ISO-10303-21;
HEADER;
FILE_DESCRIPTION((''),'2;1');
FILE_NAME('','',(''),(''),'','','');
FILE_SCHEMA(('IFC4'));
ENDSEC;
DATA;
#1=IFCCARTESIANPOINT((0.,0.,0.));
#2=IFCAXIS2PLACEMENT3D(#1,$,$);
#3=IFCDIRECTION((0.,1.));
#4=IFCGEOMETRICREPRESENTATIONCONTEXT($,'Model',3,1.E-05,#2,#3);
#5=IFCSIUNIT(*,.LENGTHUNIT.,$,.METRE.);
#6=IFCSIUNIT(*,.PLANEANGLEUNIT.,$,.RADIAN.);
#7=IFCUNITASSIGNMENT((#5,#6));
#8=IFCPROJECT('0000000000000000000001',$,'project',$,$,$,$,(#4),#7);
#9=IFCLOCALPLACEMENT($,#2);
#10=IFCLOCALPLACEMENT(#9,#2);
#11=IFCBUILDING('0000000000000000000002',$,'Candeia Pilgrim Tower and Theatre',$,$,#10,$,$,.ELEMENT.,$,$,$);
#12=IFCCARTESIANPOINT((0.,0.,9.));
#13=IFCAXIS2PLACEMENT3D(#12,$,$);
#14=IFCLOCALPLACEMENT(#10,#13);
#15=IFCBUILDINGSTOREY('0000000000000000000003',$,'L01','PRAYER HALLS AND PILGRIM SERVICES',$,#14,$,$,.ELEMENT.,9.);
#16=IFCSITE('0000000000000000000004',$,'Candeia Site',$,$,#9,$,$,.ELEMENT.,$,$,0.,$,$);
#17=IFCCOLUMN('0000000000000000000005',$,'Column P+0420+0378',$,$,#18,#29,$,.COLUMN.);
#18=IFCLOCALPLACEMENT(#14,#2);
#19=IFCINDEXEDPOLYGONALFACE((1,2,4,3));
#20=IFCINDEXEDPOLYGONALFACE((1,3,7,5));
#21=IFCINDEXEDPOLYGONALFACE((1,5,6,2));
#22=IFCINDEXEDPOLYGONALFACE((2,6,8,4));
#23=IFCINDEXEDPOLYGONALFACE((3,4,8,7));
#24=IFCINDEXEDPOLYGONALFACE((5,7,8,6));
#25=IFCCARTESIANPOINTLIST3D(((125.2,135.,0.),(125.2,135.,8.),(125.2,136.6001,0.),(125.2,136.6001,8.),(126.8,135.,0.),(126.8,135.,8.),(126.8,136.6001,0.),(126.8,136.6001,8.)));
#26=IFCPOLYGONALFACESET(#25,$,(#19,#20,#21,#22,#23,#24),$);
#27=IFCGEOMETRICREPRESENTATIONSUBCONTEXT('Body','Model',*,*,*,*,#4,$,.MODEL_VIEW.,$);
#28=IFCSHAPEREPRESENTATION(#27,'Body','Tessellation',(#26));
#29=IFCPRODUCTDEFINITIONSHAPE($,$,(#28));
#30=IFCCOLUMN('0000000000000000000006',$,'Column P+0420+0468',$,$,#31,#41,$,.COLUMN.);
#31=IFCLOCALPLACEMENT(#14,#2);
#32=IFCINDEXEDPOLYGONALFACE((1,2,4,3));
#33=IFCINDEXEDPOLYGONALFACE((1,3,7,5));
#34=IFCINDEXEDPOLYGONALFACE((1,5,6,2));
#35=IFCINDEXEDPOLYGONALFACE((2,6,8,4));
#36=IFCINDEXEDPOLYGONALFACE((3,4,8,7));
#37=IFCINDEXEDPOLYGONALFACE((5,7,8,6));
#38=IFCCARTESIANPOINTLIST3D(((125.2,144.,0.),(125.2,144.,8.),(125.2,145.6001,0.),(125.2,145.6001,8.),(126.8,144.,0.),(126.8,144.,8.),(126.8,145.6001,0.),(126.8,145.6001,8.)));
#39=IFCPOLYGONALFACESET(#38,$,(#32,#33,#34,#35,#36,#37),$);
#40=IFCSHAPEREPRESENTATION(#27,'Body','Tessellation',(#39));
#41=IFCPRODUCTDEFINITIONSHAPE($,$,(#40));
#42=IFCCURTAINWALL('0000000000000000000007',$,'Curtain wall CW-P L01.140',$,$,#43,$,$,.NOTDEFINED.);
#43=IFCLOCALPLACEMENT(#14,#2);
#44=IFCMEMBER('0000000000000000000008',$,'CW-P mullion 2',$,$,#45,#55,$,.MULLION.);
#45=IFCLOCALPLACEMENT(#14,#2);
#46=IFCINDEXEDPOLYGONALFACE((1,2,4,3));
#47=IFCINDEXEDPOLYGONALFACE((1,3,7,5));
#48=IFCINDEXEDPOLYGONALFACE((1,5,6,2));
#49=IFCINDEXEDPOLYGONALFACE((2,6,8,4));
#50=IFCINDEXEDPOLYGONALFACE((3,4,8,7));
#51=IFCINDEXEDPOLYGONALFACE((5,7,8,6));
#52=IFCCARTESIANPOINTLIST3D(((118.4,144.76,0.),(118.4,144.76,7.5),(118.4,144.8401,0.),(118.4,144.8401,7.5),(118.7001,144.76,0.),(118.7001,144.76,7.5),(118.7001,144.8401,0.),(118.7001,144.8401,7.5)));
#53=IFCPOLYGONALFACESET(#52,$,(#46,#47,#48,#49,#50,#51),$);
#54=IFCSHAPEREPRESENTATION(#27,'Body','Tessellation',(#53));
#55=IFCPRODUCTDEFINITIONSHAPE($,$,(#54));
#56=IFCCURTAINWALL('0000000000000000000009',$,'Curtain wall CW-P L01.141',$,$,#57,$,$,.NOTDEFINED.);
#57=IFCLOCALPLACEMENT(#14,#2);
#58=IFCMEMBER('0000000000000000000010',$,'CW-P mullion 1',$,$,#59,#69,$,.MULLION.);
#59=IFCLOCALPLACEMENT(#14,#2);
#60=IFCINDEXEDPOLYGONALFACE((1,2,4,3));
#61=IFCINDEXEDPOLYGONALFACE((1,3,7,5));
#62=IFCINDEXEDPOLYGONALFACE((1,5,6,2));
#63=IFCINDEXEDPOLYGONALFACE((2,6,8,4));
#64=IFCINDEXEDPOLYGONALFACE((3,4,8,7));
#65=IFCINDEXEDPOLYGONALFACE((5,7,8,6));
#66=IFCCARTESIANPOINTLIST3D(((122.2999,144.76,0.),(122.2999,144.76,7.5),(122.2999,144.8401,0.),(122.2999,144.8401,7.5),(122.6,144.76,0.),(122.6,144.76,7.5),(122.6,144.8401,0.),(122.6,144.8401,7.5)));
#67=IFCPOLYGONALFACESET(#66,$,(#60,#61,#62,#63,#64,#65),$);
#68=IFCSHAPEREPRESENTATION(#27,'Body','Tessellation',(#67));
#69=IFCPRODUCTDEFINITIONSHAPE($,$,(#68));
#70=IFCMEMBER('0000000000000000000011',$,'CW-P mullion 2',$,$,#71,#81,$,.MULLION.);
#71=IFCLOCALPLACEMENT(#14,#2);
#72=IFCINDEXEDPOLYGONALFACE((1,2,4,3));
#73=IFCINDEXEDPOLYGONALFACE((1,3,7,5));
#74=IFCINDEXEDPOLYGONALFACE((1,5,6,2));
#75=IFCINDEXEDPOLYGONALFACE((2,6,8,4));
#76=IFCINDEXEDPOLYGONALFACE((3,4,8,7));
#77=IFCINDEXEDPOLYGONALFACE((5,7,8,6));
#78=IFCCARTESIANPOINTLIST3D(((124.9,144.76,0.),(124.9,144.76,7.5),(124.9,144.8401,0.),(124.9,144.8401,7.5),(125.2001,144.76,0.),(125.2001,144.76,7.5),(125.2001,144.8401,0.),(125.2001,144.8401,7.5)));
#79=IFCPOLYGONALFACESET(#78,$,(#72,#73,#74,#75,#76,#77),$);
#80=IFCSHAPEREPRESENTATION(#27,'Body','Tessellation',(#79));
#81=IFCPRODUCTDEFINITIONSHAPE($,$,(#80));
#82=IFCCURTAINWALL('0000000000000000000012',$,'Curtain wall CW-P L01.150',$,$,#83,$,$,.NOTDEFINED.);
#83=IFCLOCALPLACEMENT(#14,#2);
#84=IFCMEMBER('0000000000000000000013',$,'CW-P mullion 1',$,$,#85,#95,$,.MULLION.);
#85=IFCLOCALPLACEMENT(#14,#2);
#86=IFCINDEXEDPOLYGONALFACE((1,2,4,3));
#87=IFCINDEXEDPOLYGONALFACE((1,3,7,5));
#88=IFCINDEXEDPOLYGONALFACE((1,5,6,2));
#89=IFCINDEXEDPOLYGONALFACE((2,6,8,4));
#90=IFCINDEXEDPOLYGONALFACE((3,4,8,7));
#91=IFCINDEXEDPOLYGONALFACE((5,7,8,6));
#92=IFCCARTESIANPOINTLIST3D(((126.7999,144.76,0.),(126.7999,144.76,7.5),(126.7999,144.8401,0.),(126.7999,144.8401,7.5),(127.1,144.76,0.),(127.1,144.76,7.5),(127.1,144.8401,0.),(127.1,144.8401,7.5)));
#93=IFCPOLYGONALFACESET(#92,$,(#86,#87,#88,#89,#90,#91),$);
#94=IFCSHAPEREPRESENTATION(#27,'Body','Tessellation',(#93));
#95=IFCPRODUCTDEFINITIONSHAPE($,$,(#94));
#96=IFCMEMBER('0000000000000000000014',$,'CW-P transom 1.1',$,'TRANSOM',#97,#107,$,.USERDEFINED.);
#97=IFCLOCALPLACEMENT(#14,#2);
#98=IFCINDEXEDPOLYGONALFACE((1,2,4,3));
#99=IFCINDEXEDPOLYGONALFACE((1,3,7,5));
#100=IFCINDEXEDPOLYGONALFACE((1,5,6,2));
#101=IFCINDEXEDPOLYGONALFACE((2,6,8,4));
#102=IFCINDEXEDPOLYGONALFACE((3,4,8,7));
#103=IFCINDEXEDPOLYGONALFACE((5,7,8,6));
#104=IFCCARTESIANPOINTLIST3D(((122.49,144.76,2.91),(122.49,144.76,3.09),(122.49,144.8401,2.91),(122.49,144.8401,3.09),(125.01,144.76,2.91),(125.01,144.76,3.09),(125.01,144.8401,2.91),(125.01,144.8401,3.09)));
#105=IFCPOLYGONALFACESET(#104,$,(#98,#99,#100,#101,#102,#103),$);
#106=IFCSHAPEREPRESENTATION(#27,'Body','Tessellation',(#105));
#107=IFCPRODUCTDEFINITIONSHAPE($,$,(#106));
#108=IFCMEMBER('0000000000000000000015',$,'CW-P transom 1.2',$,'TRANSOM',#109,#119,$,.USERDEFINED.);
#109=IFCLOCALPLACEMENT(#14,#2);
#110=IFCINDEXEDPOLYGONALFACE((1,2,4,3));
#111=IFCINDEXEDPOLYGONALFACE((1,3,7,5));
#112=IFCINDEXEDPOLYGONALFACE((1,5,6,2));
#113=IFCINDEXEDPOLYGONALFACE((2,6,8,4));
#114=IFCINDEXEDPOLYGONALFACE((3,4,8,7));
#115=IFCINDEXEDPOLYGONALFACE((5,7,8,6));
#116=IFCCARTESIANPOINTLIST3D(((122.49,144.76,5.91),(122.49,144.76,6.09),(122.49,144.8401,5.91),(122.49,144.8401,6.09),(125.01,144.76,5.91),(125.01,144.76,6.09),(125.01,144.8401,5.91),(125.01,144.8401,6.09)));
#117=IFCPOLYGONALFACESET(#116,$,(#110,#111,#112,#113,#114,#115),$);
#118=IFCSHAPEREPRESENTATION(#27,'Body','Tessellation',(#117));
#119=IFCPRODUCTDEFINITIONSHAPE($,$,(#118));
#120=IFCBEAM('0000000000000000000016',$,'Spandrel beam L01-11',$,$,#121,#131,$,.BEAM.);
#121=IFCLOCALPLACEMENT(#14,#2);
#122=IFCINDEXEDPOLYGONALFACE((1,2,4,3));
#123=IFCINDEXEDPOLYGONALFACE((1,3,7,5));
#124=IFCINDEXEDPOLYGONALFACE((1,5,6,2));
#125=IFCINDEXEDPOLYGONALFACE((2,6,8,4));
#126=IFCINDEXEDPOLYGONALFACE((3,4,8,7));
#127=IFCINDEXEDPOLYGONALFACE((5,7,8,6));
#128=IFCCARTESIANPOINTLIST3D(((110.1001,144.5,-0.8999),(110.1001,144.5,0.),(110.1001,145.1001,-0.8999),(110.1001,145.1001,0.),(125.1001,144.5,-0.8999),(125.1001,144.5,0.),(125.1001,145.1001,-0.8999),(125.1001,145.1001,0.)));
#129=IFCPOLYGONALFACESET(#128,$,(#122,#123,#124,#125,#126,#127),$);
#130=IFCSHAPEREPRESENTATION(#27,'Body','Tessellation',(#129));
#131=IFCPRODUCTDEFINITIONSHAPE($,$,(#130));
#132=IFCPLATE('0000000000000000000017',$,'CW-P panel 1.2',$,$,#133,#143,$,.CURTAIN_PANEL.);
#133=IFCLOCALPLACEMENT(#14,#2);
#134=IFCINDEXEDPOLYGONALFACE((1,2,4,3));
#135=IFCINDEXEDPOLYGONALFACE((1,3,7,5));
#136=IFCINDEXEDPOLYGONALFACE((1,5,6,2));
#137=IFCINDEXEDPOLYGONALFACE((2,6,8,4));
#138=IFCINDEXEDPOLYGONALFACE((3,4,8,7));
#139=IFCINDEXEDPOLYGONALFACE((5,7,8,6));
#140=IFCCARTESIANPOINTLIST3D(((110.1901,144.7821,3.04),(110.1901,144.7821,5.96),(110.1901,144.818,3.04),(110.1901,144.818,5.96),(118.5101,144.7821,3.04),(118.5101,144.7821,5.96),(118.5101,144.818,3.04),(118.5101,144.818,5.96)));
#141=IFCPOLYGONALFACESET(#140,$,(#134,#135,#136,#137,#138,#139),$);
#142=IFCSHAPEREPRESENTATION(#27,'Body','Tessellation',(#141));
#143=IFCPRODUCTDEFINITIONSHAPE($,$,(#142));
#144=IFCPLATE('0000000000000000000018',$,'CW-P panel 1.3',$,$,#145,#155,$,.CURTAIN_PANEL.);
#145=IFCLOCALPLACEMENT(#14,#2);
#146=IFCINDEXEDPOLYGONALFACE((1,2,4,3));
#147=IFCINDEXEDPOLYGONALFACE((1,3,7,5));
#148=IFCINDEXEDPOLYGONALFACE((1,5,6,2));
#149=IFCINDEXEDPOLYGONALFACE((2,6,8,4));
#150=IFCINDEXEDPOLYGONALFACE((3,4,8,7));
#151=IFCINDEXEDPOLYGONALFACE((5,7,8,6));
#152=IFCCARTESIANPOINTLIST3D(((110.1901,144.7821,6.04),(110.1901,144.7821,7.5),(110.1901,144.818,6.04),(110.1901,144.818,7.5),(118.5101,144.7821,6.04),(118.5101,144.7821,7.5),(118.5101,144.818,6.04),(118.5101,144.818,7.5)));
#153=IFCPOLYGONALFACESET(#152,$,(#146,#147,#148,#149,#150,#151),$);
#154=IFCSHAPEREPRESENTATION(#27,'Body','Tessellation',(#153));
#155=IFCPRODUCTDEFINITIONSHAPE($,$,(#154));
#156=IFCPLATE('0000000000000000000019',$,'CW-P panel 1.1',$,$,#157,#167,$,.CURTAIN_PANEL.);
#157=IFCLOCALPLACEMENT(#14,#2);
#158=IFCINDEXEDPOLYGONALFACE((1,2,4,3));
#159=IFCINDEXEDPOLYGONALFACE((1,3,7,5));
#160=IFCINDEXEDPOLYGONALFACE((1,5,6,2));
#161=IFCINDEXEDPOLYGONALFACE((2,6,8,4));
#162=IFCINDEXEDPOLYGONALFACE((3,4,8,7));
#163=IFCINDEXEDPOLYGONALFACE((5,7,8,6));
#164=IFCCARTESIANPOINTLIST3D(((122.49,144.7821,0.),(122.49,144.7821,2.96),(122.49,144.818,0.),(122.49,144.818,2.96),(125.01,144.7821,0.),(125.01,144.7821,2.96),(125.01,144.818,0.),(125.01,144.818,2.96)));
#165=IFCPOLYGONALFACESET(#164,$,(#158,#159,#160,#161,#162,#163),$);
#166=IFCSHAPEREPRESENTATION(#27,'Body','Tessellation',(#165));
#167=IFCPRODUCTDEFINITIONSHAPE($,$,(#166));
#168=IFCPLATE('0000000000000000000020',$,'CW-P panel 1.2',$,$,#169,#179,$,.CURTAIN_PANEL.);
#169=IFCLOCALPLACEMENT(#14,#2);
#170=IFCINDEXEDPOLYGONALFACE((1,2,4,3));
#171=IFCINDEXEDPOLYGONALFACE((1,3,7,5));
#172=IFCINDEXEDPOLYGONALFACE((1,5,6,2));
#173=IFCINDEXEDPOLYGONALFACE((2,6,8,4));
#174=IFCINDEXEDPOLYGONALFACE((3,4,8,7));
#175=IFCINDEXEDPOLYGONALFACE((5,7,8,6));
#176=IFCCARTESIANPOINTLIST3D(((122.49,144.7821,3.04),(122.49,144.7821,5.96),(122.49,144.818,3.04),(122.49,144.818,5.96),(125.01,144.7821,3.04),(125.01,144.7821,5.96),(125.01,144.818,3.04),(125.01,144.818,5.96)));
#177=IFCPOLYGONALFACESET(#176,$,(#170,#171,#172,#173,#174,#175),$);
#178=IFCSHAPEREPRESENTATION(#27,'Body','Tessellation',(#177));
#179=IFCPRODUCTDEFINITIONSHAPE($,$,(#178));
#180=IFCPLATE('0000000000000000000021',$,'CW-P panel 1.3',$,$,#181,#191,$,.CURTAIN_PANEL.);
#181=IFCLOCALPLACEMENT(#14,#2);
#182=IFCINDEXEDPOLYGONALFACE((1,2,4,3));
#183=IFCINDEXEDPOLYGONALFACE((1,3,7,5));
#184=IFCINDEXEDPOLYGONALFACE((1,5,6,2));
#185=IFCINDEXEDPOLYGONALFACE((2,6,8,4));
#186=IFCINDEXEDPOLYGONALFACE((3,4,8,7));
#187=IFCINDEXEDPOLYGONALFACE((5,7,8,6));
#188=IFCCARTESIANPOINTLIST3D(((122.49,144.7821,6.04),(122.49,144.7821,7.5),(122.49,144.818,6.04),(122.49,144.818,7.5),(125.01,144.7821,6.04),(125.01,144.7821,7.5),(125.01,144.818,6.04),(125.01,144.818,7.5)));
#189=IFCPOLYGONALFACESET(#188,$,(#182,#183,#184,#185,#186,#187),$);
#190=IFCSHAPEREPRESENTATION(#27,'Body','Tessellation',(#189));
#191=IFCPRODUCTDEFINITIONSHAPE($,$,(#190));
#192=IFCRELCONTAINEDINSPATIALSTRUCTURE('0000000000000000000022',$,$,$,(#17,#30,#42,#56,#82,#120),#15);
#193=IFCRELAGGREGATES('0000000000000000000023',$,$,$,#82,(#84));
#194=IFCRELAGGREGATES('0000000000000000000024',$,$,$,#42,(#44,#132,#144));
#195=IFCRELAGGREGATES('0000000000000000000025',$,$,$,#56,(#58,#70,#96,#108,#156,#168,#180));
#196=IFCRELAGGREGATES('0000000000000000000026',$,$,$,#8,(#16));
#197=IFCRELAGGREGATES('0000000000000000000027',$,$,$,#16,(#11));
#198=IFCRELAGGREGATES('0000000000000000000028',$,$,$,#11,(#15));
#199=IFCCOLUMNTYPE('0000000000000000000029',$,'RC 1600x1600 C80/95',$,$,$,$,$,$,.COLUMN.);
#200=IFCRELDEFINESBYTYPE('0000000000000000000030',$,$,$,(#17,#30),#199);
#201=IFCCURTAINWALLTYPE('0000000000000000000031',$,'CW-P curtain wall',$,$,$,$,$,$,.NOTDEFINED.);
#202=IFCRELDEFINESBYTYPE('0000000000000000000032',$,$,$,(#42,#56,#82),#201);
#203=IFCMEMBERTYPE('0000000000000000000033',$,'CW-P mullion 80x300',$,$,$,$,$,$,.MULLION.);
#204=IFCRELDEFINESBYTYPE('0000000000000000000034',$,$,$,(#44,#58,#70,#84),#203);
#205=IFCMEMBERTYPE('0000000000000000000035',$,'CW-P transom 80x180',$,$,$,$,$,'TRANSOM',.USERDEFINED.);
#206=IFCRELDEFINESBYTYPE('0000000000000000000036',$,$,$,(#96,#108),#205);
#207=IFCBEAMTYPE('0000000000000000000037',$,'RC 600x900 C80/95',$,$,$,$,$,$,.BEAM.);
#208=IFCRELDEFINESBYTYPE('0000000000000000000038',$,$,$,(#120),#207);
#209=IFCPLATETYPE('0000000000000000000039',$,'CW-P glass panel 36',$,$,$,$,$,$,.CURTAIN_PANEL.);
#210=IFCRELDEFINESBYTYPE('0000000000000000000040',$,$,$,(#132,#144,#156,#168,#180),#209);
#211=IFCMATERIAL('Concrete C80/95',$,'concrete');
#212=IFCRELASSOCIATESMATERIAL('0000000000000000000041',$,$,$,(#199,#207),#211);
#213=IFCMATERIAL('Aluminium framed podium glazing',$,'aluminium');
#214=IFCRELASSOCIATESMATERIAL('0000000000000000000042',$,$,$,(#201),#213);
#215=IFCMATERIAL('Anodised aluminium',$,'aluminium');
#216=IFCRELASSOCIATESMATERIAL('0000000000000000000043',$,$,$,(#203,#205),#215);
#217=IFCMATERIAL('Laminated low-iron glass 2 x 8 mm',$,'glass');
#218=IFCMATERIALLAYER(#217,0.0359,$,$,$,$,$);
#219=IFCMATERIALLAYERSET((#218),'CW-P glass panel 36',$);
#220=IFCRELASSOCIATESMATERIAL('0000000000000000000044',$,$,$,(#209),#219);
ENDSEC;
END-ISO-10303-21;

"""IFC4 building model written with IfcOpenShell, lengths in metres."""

from ifc_helpers import new_model, si_unit, direction, frame, origin, origin_2d, place, context, subcontext, project, spatial, rectangle, extrude, material, layer, layer_set, material_profile, profile_set, type_object, element, aggregate, save


model = new_model("IFC4")

# Units and contexts
model_context = context("Model", 3, precision=1e-05, world=origin(), true_north=direction((0.0, 1.0)))
body_context = subcontext(model_context, "Body", "Model", "MODEL_VIEW")
ifc_project = project(units=[si_unit("LENGTHUNIT", "METRE"), si_unit("PLANEANGLEUNIT", "RADIAN")], contexts=[model_context])

# Site, building, storey
site_placement = place(None, origin())
site = spatial("IfcSite", under=ifc_project, at=site_placement, Name="Candeia Site", CompositionType="ELEMENT", RefElevation=0.0)
building_placement = place(site_placement, origin())
building = spatial("IfcBuilding", under=site, at=building_placement, Name="Candeia Pilgrim Tower and Theatre", CompositionType="ELEMENT")
storey_placement = place(building_placement, frame((0.0, 0.0, 9.0)))
storey = spatial("IfcBuildingStorey", under=building, at=storey_placement, Name="L01", Description="PRAYER HALLS AND PILGRIM SERVICES", CompositionType="ELEMENT", Elevation=9.0)

# Columns
ifc_material_1 = material(Name="Concrete C80/95", Category="concrete")
ifc_material_profile_1 = material_profile(ifc_material_1, rectangle(XDim=1.6001, YDim=1.6001, at=origin_2d()))
ifc_profile_set_1 = profile_set([ifc_material_profile_1], Name="Concrete C80/95")
column_type = type_object("IfcColumnType", Name="RC 1600x1600 C80/95", PredefinedType="COLUMN", material=ifc_profile_set_1)
for number, where, z_axis, x_axis, name in (
    (1, (126.0, 135.8, 0.0), (0.0, 0.0, 1.0), (1.0, 0.0, 0.0), "Column P+0420+0378"),
    (2, (126.0, 144.8, 0.0), (0.0, 0.0, 1.0), (1.0, 0.0, 0.0), "Column P+0420+0468"),
):
    element("IfcColumn", number, at=place(storey_placement, frame(where, z_axis=z_axis, x_axis=x_axis)), inside=storey, type_object=column_type, Name=name, PredefinedType="COLUMN", context=body_context, shape_type="SweptSolid", body=[
        extrude(rectangle(XDim=1.6001, YDim=1.6001, at=origin_2d()), origin(), (0.0, 0.0, 1.0), 8.0),
    ])

# Curtain wall, member
ifc_material_2 = material(Name="Aluminium framed podium glazing", Category="aluminium")
curtain_wall_type = type_object("IfcCurtainWallType", Name="CW-P curtain wall", PredefinedType="NOTDEFINED", material=ifc_material_2)
curtain_wall_1_placement = place(storey_placement, origin())
curtain_wall_1 = element("IfcCurtainWall", 3, at=curtain_wall_1_placement, inside=storey, type_object=curtain_wall_type, Name="Curtain wall CW-P L01.140", PredefinedType="NOTDEFINED")
ifc_material_3 = material(Name="Anodised aluminium", Category="aluminium")
ifc_material_profile_2 = material_profile(ifc_material_3, rectangle(XDim=0.0801, YDim=0.3, at=origin_2d()))
ifc_profile_set_2 = profile_set([ifc_material_profile_2], Name="Anodised aluminium")
member_type_1 = type_object("IfcMemberType", Name="CW-P mullion 80x300", PredefinedType="MULLION", material=ifc_profile_set_2)
member_1_placement = place(storey_placement, frame((118.55, 144.8, 0.0), z_axis=(0.0, 0.0, 1.0), x_axis=(0.0, 1.0, 0.0)))
member_1 = element("IfcMember", 4, at=member_1_placement, type_object=member_type_1, Name="CW-P mullion 2", PredefinedType="MULLION", context=body_context, shape_type="SweptSolid", body=[
    extrude(rectangle(XDim=0.0801, YDim=0.3, at=origin_2d()), origin(), (0.0, 0.0, 1.0), 7.5),
])

# Curtain wall, members
curtain_wall_2_placement = place(storey_placement, origin())
curtain_wall_2 = element("IfcCurtainWall", 5, at=curtain_wall_2_placement, inside=storey, type_object=curtain_wall_type, Name="Curtain wall CW-P L01.141", PredefinedType="NOTDEFINED")
member_2_placement = place(storey_placement, frame((122.45, 144.8, 0.0), z_axis=(0.0, 0.0, 1.0), x_axis=(0.0, 1.0, 0.0)))
member_2 = element("IfcMember", 6, at=member_2_placement, type_object=member_type_1, Name="CW-P mullion 1", PredefinedType="MULLION", context=body_context, shape_type="SweptSolid", body=[
    extrude(rectangle(XDim=0.0801, YDim=0.3, at=origin_2d()), origin(), (0.0, 0.0, 1.0), 7.5),
])
member_3_placement = place(storey_placement, frame((125.05, 144.8, 0.0), z_axis=(0.0, 0.0, 1.0), x_axis=(0.0, 1.0, 0.0)))
member_3 = element("IfcMember", 7, at=member_3_placement, type_object=member_type_1, Name="CW-P mullion 2", PredefinedType="MULLION", context=body_context, shape_type="SweptSolid", body=[
    extrude(rectangle(XDim=0.0801, YDim=0.3, at=origin_2d()), origin(), (0.0, 0.0, 1.0), 7.5),
])

# Curtain wall, member
curtain_wall_3_placement = place(storey_placement, origin())
curtain_wall_3 = element("IfcCurtainWall", 8, at=curtain_wall_3_placement, inside=storey, type_object=curtain_wall_type, Name="Curtain wall CW-P L01.150", PredefinedType="NOTDEFINED")
member_4_placement = place(storey_placement, frame((126.95, 144.8, 0.0), z_axis=(0.0, 0.0, 1.0), x_axis=(0.0, 1.0, 0.0)))
member_4 = element("IfcMember", 9, at=member_4_placement, type_object=member_type_1, Name="CW-P mullion 1", PredefinedType="MULLION", context=body_context, shape_type="SweptSolid", body=[
    extrude(rectangle(XDim=0.0801, YDim=0.3, at=origin_2d()), origin(), (0.0, 0.0, 1.0), 7.5),
])
aggregate(curtain_wall_3, [member_4])

# Members
ifc_material_profile_3 = material_profile(ifc_material_3, rectangle(XDim=0.0801, YDim=0.1799, at=origin_2d()))
ifc_profile_set_3 = profile_set([ifc_material_profile_3], Name="Anodised aluminium")
member_type_2 = type_object("IfcMemberType", Name="CW-P transom 80x180", ElementType="TRANSOM", PredefinedType="USERDEFINED", material=ifc_profile_set_3)
member_5_placement = place(storey_placement, frame((122.49, 144.8, 3.0), z_axis=(1.0, 0.0, 0.0), x_axis=(0.0, 1.0, 0.0)))
member_5 = element("IfcMember", 10, at=member_5_placement, type_object=member_type_2, Name="CW-P transom 1.1", ObjectType="TRANSOM", PredefinedType="USERDEFINED", context=body_context, shape_type="SweptSolid", body=[
    extrude(rectangle(XDim=0.0801, YDim=0.1799, at=origin_2d()), origin(), (0.0, 0.0, 1.0), 2.52),
])
member_6_placement = place(storey_placement, frame((122.49, 144.8, 6.0), z_axis=(1.0, 0.0, 0.0), x_axis=(0.0, 1.0, 0.0)))
member_6 = element("IfcMember", 11, at=member_6_placement, type_object=member_type_2, Name="CW-P transom 1.2", ObjectType="TRANSOM", PredefinedType="USERDEFINED", context=body_context, shape_type="SweptSolid", body=[
    extrude(rectangle(XDim=0.0801, YDim=0.1799, at=origin_2d()), origin(), (0.0, 0.0, 1.0), 2.52),
])

# Beam
ifc_material_profile_4 = material_profile(ifc_material_1, rectangle(XDim=0.6001, YDim=0.8999, at=origin_2d()))
ifc_profile_set_4 = profile_set([ifc_material_profile_4], Name="Concrete C80/95")
beam_type = type_object("IfcBeamType", Name="RC 600x900 C80/95", PredefinedType="BEAM", material=ifc_profile_set_4)
beam_placement = place(storey_placement, frame((125.1001, 144.8, -0.45), z_axis=(-1.0, 0.0, 0.0), x_axis=(0.0, -1.0, 0.0)))
element("IfcBeam", 12, at=beam_placement, inside=storey, type_object=beam_type, Name="Spandrel beam L01-11", PredefinedType="BEAM", context=body_context, shape_type="SweptSolid", body=[
    extrude(rectangle(XDim=0.6001, YDim=0.8999, at=origin_2d()), origin(), (0.0, 0.0, 1.0), 15.0),
])

# Plates
ifc_material_4 = material(Name="Laminated low-iron glass 2 x 8 mm", Category="glass")
ifc_layer_1 = layer(ifc_material_4, 0.0359)
ifc_layer_set_1 = layer_set([ifc_layer_1], Name="CW-P glass panel 36")
plate_type = type_object("IfcPlateType", Name="CW-P glass panel 36", PredefinedType="CURTAIN_PANEL", material=ifc_layer_set_1)
plate_1_placement = place(storey_placement, frame((114.3501, 144.8, 3.04), z_axis=(0.0, 0.0, 1.0), x_axis=(1.0, 0.0, 0.0)))
plate_1 = element("IfcPlate", 13, at=plate_1_placement, type_object=plate_type, Name="CW-P panel 1.2", PredefinedType="CURTAIN_PANEL", context=body_context, shape_type="SweptSolid", body=[
    extrude(rectangle(XDim=8.3201, YDim=0.0359, at=origin_2d()), origin(), (0.0, 0.0, 1.0), 2.9199),
])
plate_2_placement = place(storey_placement, frame((114.3501, 144.8, 6.04), z_axis=(0.0, 0.0, 1.0), x_axis=(1.0, 0.0, 0.0)))
plate_2 = element("IfcPlate", 14, at=plate_2_placement, type_object=plate_type, Name="CW-P panel 1.3", PredefinedType="CURTAIN_PANEL", context=body_context, shape_type="SweptSolid", body=[
    extrude(rectangle(XDim=8.3201, YDim=0.0359, at=origin_2d()), origin(), (0.0, 0.0, 1.0), 1.46),
])
aggregate(curtain_wall_1, [member_1, plate_1, plate_2])
plate_3_placement = place(storey_placement, frame((123.75, 144.8, 0.0), z_axis=(0.0, 0.0, 1.0), x_axis=(1.0, 0.0, 0.0)))
plate_3 = element("IfcPlate", 15, at=plate_3_placement, type_object=plate_type, Name="CW-P panel 1.1", PredefinedType="CURTAIN_PANEL", context=body_context, shape_type="SweptSolid", body=[
    extrude(rectangle(XDim=2.52, YDim=0.0359, at=origin_2d()), origin(), (0.0, 0.0, 1.0), 2.96),
])
plate_4_placement = place(storey_placement, frame((123.75, 144.8, 3.04), z_axis=(0.0, 0.0, 1.0), x_axis=(1.0, 0.0, 0.0)))
plate_4 = element("IfcPlate", 16, at=plate_4_placement, type_object=plate_type, Name="CW-P panel 1.2", PredefinedType="CURTAIN_PANEL", context=body_context, shape_type="SweptSolid", body=[
    extrude(rectangle(XDim=2.52, YDim=0.0359, at=origin_2d()), origin(), (0.0, 0.0, 1.0), 2.9199),
])
plate_5_placement = place(storey_placement, frame((123.75, 144.8, 6.04), z_axis=(0.0, 0.0, 1.0), x_axis=(1.0, 0.0, 0.0)))
plate_5 = element("IfcPlate", 17, at=plate_5_placement, type_object=plate_type, Name="CW-P panel 1.3", PredefinedType="CURTAIN_PANEL", context=body_context, shape_type="SweptSolid", body=[
    extrude(rectangle(XDim=2.52, YDim=0.0359, at=origin_2d()), origin(), (0.0, 0.0, 1.0), 1.46),
])
aggregate(curtain_wall_2, [member_2, member_3, member_5, member_6, plate_3, plate_4, plate_5])

save(model, "model.ifc")
